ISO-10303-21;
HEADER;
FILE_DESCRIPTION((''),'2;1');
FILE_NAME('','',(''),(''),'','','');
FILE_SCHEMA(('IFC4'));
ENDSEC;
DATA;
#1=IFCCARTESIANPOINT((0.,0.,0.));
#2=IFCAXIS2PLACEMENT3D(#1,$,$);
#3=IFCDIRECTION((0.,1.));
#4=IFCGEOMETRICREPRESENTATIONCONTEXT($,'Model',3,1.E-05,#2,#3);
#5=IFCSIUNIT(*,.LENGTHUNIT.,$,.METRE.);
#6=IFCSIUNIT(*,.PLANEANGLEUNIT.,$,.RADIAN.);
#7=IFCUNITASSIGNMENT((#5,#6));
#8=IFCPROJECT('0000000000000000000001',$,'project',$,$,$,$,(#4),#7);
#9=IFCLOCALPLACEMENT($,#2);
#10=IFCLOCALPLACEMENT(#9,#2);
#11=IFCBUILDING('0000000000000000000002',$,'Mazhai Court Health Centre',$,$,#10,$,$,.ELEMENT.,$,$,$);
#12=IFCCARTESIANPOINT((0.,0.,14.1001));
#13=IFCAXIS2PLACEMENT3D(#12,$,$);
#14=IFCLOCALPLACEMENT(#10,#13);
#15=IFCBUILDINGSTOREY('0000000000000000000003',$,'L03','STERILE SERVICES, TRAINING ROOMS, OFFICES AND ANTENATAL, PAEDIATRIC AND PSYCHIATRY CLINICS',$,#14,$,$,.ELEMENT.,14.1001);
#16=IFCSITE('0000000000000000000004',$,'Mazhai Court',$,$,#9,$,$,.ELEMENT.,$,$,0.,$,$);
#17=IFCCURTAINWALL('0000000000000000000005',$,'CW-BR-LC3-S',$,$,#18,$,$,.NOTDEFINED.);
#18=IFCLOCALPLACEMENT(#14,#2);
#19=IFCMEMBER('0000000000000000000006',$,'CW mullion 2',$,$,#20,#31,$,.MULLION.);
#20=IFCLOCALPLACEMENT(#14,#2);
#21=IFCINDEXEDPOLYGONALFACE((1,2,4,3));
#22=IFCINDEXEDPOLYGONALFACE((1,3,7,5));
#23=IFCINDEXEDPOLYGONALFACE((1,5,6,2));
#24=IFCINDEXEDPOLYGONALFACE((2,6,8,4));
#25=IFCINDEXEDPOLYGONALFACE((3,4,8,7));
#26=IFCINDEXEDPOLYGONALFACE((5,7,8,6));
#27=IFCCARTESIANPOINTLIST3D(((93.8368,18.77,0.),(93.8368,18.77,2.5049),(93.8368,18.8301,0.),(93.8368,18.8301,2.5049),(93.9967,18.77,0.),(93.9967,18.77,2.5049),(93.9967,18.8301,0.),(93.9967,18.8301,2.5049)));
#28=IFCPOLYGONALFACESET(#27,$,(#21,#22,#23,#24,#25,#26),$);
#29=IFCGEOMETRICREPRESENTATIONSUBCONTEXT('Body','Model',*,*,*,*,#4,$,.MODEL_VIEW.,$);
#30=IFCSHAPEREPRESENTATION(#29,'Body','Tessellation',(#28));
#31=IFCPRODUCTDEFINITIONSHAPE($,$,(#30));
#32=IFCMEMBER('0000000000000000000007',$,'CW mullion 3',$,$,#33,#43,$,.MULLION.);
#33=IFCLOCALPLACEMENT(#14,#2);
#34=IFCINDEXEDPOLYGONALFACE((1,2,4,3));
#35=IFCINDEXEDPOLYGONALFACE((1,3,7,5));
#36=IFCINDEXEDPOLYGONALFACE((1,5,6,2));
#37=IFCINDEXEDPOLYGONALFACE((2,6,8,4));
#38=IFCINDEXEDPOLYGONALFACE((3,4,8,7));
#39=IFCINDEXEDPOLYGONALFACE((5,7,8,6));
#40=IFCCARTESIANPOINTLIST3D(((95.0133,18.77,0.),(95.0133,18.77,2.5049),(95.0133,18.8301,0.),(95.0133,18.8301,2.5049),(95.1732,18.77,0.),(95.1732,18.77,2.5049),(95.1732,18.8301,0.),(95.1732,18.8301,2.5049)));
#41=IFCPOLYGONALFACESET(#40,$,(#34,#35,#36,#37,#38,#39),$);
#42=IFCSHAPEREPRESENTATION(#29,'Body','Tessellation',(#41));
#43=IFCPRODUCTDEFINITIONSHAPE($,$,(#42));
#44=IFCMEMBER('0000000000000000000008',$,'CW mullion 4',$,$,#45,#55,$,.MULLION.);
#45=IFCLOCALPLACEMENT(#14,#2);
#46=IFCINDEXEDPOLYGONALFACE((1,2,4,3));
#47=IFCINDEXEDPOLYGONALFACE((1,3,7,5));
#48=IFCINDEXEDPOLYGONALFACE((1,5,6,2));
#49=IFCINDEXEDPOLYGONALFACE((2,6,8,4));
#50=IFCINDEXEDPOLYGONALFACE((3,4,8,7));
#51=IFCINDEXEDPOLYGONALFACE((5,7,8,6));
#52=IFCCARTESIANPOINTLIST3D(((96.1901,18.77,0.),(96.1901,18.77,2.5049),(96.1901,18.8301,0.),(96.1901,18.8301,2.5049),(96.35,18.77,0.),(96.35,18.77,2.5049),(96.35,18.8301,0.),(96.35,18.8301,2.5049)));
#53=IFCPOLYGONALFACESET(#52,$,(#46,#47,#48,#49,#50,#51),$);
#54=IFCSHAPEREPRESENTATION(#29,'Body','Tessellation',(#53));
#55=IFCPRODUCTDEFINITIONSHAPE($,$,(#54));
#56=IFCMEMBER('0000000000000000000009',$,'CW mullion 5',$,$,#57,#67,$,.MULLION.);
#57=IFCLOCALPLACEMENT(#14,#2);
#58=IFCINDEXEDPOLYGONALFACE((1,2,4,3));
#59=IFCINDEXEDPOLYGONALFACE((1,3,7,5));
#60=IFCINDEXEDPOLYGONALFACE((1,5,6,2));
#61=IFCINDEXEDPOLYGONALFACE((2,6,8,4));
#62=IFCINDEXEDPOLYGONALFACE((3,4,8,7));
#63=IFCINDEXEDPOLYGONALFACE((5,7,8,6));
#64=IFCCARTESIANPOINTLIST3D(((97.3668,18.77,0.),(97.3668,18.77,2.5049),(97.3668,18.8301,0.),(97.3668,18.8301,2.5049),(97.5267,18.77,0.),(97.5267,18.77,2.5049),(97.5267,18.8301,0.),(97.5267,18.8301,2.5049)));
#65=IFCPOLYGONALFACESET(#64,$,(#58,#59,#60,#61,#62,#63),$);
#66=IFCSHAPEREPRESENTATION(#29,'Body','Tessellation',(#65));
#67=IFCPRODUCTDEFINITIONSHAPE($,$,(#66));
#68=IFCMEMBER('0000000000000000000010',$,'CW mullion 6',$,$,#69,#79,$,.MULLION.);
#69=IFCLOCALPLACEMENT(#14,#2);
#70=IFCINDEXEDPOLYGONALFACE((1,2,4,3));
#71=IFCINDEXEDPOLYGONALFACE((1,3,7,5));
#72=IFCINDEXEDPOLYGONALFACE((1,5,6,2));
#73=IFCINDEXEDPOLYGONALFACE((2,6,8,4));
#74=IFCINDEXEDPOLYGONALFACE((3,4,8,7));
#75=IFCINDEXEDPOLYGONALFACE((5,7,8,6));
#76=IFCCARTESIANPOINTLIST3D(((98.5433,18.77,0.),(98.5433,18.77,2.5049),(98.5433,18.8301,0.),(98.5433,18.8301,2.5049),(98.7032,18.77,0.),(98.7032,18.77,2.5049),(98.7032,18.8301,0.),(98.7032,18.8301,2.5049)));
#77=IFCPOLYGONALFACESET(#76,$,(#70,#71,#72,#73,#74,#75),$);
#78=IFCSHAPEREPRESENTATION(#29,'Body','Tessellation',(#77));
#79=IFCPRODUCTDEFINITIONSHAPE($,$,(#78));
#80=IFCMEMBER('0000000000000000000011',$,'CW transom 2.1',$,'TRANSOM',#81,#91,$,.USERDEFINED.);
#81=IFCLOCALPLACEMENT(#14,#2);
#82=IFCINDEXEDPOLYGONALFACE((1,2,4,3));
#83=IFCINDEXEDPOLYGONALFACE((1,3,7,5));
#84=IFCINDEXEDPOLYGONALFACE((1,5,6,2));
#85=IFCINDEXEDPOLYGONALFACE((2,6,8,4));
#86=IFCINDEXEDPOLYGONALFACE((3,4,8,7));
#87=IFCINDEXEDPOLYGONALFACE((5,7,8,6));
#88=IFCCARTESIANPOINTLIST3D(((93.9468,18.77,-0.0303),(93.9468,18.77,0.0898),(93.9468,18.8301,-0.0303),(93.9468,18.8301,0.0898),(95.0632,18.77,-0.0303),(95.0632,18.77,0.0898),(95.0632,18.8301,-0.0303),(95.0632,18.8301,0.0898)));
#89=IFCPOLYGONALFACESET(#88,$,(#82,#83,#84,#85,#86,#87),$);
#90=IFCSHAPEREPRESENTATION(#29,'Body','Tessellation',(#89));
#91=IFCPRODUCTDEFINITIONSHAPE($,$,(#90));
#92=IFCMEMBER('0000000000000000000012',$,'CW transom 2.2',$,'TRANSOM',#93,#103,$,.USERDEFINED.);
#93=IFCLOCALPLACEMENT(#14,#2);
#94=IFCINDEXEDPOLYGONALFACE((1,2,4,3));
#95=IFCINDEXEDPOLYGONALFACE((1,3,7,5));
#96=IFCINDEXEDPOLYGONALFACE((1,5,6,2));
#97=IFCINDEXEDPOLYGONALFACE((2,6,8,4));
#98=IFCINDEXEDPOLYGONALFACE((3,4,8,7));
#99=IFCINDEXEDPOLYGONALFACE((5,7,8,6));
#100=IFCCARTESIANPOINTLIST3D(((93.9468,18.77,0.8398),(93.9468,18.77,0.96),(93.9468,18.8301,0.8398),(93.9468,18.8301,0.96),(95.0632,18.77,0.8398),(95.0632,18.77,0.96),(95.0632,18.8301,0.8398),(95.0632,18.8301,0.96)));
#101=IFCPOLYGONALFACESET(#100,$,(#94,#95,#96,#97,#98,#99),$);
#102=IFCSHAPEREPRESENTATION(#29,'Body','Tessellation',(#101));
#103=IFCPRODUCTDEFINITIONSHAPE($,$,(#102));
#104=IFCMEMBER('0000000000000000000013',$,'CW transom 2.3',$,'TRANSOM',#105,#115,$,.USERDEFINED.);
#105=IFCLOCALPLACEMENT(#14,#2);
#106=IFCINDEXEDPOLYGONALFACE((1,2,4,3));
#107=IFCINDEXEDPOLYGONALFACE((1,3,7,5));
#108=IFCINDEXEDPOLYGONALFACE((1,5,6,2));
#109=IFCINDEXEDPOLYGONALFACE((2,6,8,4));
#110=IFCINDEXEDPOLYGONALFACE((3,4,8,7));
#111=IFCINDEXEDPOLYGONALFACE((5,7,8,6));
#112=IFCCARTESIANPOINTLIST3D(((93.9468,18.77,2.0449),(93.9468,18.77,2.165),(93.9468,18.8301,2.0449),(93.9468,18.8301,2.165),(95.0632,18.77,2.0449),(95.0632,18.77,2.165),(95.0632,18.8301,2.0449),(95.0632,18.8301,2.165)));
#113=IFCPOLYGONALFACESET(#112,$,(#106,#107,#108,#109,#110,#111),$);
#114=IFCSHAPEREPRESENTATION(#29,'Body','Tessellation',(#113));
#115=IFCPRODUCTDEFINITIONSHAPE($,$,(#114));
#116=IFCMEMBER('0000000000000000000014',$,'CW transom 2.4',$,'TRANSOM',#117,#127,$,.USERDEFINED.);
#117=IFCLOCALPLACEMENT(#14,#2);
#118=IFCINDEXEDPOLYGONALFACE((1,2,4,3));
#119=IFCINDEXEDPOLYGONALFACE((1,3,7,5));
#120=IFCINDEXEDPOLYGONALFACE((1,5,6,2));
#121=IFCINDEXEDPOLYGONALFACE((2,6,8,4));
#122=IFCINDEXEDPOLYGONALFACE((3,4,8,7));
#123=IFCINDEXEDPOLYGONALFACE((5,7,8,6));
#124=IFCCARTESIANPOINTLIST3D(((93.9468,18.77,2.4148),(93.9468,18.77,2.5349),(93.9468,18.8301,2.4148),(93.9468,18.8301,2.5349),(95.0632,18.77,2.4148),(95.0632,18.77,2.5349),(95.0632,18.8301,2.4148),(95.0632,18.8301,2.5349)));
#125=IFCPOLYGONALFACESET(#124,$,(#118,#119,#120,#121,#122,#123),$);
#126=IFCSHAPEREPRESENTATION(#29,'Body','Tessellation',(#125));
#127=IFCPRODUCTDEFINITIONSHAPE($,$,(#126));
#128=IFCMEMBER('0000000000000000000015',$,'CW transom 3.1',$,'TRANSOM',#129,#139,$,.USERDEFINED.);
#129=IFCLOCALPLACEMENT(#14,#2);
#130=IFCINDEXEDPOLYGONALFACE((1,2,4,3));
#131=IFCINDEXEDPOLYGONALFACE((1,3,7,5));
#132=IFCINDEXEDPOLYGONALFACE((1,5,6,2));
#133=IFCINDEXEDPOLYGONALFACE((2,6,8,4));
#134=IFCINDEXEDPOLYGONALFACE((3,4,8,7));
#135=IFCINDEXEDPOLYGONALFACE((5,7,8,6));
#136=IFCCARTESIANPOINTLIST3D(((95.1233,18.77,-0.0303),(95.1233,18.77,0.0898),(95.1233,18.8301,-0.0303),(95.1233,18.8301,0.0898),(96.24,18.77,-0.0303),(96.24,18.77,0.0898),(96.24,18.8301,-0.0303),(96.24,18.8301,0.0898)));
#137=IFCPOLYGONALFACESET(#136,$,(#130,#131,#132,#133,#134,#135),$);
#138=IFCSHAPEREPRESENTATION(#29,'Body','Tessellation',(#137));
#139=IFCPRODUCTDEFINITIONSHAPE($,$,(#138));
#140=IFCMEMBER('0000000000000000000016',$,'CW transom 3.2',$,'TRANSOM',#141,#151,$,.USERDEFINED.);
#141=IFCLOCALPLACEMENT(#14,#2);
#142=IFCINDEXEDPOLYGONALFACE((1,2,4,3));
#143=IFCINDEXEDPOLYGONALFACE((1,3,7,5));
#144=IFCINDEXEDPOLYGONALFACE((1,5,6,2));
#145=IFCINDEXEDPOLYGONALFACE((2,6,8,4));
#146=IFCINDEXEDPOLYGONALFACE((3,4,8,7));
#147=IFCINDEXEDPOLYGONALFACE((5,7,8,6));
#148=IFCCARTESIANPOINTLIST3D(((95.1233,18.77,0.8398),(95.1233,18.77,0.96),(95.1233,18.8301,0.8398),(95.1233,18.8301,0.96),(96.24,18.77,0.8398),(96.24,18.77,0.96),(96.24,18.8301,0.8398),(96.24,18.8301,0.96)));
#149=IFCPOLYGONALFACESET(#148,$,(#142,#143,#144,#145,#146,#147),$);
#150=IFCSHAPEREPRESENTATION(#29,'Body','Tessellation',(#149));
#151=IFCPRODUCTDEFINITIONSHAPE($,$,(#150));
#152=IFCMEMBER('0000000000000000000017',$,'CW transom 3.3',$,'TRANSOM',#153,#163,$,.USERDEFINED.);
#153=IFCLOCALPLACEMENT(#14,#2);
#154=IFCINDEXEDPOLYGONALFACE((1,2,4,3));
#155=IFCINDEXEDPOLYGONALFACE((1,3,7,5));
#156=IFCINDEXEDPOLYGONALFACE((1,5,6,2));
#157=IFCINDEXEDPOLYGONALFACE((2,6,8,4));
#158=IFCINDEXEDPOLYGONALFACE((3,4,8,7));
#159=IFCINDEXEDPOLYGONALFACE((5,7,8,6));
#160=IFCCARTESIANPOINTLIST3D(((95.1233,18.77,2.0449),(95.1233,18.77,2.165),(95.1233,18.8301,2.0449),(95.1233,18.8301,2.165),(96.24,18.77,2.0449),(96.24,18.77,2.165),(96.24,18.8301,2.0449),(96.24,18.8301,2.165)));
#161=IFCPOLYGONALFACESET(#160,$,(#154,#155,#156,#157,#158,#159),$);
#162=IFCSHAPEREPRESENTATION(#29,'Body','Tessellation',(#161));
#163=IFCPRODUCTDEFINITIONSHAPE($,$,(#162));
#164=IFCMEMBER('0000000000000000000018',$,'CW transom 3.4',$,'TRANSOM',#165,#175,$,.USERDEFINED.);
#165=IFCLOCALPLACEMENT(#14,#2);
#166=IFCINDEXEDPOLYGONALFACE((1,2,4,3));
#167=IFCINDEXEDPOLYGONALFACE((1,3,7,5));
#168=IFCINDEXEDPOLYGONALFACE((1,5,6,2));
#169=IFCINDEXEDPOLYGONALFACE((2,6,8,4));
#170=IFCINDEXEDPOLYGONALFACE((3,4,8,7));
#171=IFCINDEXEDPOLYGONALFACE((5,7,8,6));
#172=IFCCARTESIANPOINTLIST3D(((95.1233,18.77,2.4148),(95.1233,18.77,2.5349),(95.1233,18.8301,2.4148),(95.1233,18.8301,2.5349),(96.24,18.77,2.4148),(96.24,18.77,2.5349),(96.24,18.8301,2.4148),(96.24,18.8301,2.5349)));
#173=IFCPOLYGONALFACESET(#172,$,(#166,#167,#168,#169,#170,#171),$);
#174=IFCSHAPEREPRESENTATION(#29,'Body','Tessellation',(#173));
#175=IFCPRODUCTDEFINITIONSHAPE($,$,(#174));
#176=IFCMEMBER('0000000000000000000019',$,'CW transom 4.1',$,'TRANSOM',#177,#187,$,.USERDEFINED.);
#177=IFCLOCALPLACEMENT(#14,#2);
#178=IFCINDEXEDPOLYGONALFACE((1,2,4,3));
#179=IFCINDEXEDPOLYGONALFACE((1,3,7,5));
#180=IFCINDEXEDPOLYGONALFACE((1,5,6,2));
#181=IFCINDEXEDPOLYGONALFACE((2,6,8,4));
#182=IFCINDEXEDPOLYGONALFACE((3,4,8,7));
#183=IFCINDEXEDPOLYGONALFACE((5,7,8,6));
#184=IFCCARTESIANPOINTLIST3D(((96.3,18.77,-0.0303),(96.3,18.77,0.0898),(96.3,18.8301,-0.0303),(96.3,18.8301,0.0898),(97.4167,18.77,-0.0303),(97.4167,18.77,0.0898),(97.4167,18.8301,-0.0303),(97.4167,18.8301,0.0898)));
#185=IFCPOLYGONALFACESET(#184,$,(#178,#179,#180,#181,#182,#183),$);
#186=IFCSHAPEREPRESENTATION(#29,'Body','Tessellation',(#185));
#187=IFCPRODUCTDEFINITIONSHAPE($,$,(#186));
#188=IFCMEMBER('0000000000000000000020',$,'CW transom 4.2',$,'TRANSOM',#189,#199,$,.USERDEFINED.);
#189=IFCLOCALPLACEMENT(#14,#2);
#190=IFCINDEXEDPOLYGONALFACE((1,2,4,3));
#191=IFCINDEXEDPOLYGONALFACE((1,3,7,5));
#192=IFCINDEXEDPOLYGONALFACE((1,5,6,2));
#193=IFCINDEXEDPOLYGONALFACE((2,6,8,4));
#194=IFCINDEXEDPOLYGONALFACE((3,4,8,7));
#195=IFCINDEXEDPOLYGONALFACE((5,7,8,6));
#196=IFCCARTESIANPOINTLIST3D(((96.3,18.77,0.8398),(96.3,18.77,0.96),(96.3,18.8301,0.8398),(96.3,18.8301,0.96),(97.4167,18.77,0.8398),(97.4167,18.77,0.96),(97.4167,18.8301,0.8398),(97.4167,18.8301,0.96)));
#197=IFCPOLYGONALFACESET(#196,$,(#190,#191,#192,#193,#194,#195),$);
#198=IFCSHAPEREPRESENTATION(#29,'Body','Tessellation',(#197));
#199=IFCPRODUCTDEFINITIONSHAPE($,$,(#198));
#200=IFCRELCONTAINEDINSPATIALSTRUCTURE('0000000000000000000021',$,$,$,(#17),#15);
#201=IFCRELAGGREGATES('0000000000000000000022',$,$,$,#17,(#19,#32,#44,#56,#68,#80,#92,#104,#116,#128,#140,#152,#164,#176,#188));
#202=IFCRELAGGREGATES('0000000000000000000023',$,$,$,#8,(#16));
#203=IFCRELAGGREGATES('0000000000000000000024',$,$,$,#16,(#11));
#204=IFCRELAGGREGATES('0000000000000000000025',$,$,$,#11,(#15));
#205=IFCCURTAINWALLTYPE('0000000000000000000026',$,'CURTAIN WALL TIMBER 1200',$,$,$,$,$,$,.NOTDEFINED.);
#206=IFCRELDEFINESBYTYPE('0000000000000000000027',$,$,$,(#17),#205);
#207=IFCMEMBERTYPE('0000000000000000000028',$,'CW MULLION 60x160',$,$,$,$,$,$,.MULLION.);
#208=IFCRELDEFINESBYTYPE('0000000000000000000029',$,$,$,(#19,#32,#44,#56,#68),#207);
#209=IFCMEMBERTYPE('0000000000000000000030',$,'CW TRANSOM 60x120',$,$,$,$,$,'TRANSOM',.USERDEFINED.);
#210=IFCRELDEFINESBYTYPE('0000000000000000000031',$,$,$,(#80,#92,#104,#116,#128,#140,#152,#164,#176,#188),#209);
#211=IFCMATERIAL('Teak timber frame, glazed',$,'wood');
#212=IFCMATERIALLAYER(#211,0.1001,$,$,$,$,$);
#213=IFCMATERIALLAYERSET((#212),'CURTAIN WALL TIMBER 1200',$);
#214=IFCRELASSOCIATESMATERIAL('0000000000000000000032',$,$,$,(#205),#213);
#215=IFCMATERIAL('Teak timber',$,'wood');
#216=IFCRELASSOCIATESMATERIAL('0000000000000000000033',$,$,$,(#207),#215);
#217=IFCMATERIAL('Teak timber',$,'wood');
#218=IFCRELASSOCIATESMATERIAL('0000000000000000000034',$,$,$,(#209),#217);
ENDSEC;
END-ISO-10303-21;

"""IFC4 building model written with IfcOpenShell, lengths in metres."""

from ifc_helpers import new_model, si_unit, direction, frame, origin, origin_2d, place, context, subcontext, project, spatial, rectangle, extrude, material, layer, layer_set, material_profile, profile_set, type_object, element, aggregate, save


model = new_model("IFC4")

# Units and contexts
model_context = context("Model", 3, precision=1e-05, world=origin(), true_north=direction((0.0, 1.0)))
body_context = subcontext(model_context, "Body", "Model", "MODEL_VIEW")
ifc_project = project(units=[si_unit("LENGTHUNIT", "METRE"), si_unit("PLANEANGLEUNIT", "RADIAN")], contexts=[model_context])

# Site, building, storey
site_placement = place(None, origin())
site = spatial("IfcSite", under=ifc_project, at=site_placement, Name="Mazhai Court", CompositionType="ELEMENT", RefElevation=0.0)
building_placement = place(site_placement, origin())
building = spatial("IfcBuilding", under=site, at=building_placement, Name="Mazhai Court Health Centre", CompositionType="ELEMENT")
storey_placement = place(building_placement, frame((0.0, 0.0, 14.1001)))
storey = spatial("IfcBuildingStorey", under=building, at=storey_placement, Name="L03", Description="STERILE SERVICES, TRAINING ROOMS, OFFICES AND ANTENATAL, PAEDIATRIC AND PSYCHIATRY CLINICS", CompositionType="ELEMENT", Elevation=14.1001)

# Curtain wall, members
ifc_material_1 = material(Name="Teak timber frame, glazed", Category="wood")
ifc_layer_1 = layer(ifc_material_1, 0.1001)
ifc_layer_set_1 = layer_set([ifc_layer_1], Name="CURTAIN WALL TIMBER 1200")
curtain_wall_type = type_object("IfcCurtainWallType", Name="CURTAIN WALL TIMBER 1200", PredefinedType="NOTDEFINED", material=ifc_layer_set_1)
curtain_wall_placement = place(storey_placement, origin())
curtain_wall = element("IfcCurtainWall", 1, at=curtain_wall_placement, inside=storey, type_object=curtain_wall_type, Name="CW-BR-LC3-S", PredefinedType="NOTDEFINED")
ifc_material_2 = material(Name="Teak timber", Category="wood")
ifc_material_profile_1 = material_profile(ifc_material_2, rectangle(XDim=0.0601, YDim=0.1599, at=origin_2d()), Name="CW MULLION 60x160")
ifc_profile_set_1 = profile_set([ifc_material_profile_1], Name="Teak timber")
member_type_1 = type_object("IfcMemberType", Name="CW MULLION 60x160", PredefinedType="MULLION", material=ifc_profile_set_1)
member_1_placement = place(storey_placement, frame((93.9167, 18.8, 0.0), z_axis=(0.0, 0.0, 1.0), x_axis=(0.0, 1.0, 0.0)))
member_1 = element("IfcMember", 2, at=member_1_placement, type_object=member_type_1, Name="CW mullion 2", PredefinedType="MULLION", context=body_context, shape_type="SweptSolid", body=[
    extrude(rectangle(XDim=0.0601, YDim=0.1599, at=origin_2d()), origin(), (0.0, 0.0, 1.0), 2.5049),
])
member_2_placement = place(storey_placement, frame((95.0933, 18.8, 0.0), z_axis=(0.0, 0.0, 1.0), x_axis=(0.0, 1.0, 0.0)))
member_2 = element("IfcMember", 3, at=member_2_placement, type_object=member_type_1, Name="CW mullion 3", PredefinedType="MULLION", context=body_context, shape_type="SweptSolid", body=[
    extrude(rectangle(XDim=0.0601, YDim=0.1599, at=origin_2d()), origin(), (0.0, 0.0, 1.0), 2.5049),
])
member_3_placement = place(storey_placement, frame((96.27, 18.8, 0.0), z_axis=(0.0, 0.0, 1.0), x_axis=(0.0, 1.0, 0.0)))
member_3 = element("IfcMember", 4, at=member_3_placement, type_object=member_type_1, Name="CW mullion 4", PredefinedType="MULLION", context=body_context, shape_type="SweptSolid", body=[
    extrude(rectangle(XDim=0.0601, YDim=0.1599, at=origin_2d()), origin(), (0.0, 0.0, 1.0), 2.5049),
])
member_4_placement = place(storey_placement, frame((97.4468, 18.8, 0.0), z_axis=(0.0, 0.0, 1.0), x_axis=(0.0, 1.0, 0.0)))
member_4 = element("IfcMember", 5, at=member_4_placement, type_object=member_type_1, Name="CW mullion 5", PredefinedType="MULLION", context=body_context, shape_type="SweptSolid", body=[
    extrude(rectangle(XDim=0.0601, YDim=0.1599, at=origin_2d()), origin(), (0.0, 0.0, 1.0), 2.5049),
])
member_5_placement = place(storey_placement, frame((98.6233, 18.8, 0.0), z_axis=(0.0, 0.0, 1.0), x_axis=(0.0, 1.0, 0.0)))
member_5 = element("IfcMember", 6, at=member_5_placement, type_object=member_type_1, Name="CW mullion 6", PredefinedType="MULLION", context=body_context, shape_type="SweptSolid", body=[
    extrude(rectangle(XDim=0.0601, YDim=0.1599, at=origin_2d()), origin(), (0.0, 0.0, 1.0), 2.5049),
])
ifc_material_3 = material(Name="Teak timber", Category="wood")
ifc_material_profile_2 = material_profile(ifc_material_3, rectangle(XDim=0.0601, YDim=0.1201, at=origin_2d()), Name="CW TRANSOM 60x120")
ifc_profile_set_2 = profile_set([ifc_material_profile_2], Name="Teak timber")
member_type_2 = type_object("IfcMemberType", Name="CW TRANSOM 60x120", ElementType="TRANSOM", PredefinedType="USERDEFINED", material=ifc_profile_set_2)
member_6_placement = place(storey_placement, frame((93.9468, 18.8, 0.0298), z_axis=(1.0, 0.0, 0.0), x_axis=(0.0, 1.0, 0.0)))
member_6 = element("IfcMember", 7, at=member_6_placement, type_object=member_type_2, Name="CW transom 2.1", ObjectType="TRANSOM", PredefinedType="USERDEFINED", context=body_context, shape_type="SweptSolid", body=[
    extrude(rectangle(XDim=0.0601, YDim=0.1201, at=origin_2d()), origin(), (0.0, 0.0, 1.0), 1.1165),
])
member_7_placement = place(storey_placement, frame((93.9468, 18.8, 0.8999), z_axis=(1.0, 0.0, 0.0), x_axis=(0.0, 1.0, 0.0)))
member_7 = element("IfcMember", 8, at=member_7_placement, type_object=member_type_2, Name="CW transom 2.2", ObjectType="TRANSOM", PredefinedType="USERDEFINED", context=body_context, shape_type="SweptSolid", body=[
    extrude(rectangle(XDim=0.0601, YDim=0.1201, at=origin_2d()), origin(), (0.0, 0.0, 1.0), 1.1165),
])
member_8_placement = place(storey_placement, frame((93.9468, 18.8, 2.105), z_axis=(1.0, 0.0, 0.0), x_axis=(0.0, 1.0, 0.0)))
member_8 = element("IfcMember", 9, at=member_8_placement, type_object=member_type_2, Name="CW transom 2.3", ObjectType="TRANSOM", PredefinedType="USERDEFINED", context=body_context, shape_type="SweptSolid", body=[
    extrude(rectangle(XDim=0.0601, YDim=0.1201, at=origin_2d()), origin(), (0.0, 0.0, 1.0), 1.1165),
])
member_9_placement = place(storey_placement, frame((93.9468, 18.8, 2.4749), z_axis=(1.0, 0.0, 0.0), x_axis=(0.0, 1.0, 0.0)))
member_9 = element("IfcMember", 10, at=member_9_placement, type_object=member_type_2, Name="CW transom 2.4", ObjectType="TRANSOM", PredefinedType="USERDEFINED", context=body_context, shape_type="SweptSolid", body=[
    extrude(rectangle(XDim=0.0601, YDim=0.1201, at=origin_2d()), origin(), (0.0, 0.0, 1.0), 1.1165),
])
member_10_placement = place(storey_placement, frame((95.1233, 18.8, 0.0298), z_axis=(1.0, 0.0, 0.0), x_axis=(0.0, 1.0, 0.0)))
member_10 = element("IfcMember", 11, at=member_10_placement, type_object=member_type_2, Name="CW transom 3.1", ObjectType="TRANSOM", PredefinedType="USERDEFINED", context=body_context, shape_type="SweptSolid", body=[
    extrude(rectangle(XDim=0.0601, YDim=0.1201, at=origin_2d()), origin(), (0.0, 0.0, 1.0), 1.1167),
])
member_11_placement = place(storey_placement, frame((95.1233, 18.8, 0.8999), z_axis=(1.0, 0.0, 0.0), x_axis=(0.0, 1.0, 0.0)))
member_11 = element("IfcMember", 12, at=member_11_placement, type_object=member_type_2, Name="CW transom 3.2", ObjectType="TRANSOM", PredefinedType="USERDEFINED", context=body_context, shape_type="SweptSolid", body=[
    extrude(rectangle(XDim=0.0601, YDim=0.1201, at=origin_2d()), origin(), (0.0, 0.0, 1.0), 1.1167),
])
member_12_placement = place(storey_placement, frame((95.1233, 18.8, 2.105), z_axis=(1.0, 0.0, 0.0), x_axis=(0.0, 1.0, 0.0)))
member_12 = element("IfcMember", 13, at=member_12_placement, type_object=member_type_2, Name="CW transom 3.3", ObjectType="TRANSOM", PredefinedType="USERDEFINED", context=body_context, shape_type="SweptSolid", body=[
    extrude(rectangle(XDim=0.0601, YDim=0.1201, at=origin_2d()), origin(), (0.0, 0.0, 1.0), 1.1167),
])
member_13_placement = place(storey_placement, frame((95.1233, 18.8, 2.4749), z_axis=(1.0, 0.0, 0.0), x_axis=(0.0, 1.0, 0.0)))
member_13 = element("IfcMember", 14, at=member_13_placement, type_object=member_type_2, Name="CW transom 3.4", ObjectType="TRANSOM", PredefinedType="USERDEFINED", context=body_context, shape_type="SweptSolid", body=[
    extrude(rectangle(XDim=0.0601, YDim=0.1201, at=origin_2d()), origin(), (0.0, 0.0, 1.0), 1.1167),
])
member_14_placement = place(storey_placement, frame((96.3, 18.8, 0.0298), z_axis=(1.0, 0.0, 0.0), x_axis=(0.0, 1.0, 0.0)))
member_14 = element("IfcMember", 15, at=member_14_placement, type_object=member_type_2, Name="CW transom 4.1", ObjectType="TRANSOM", PredefinedType="USERDEFINED", context=body_context, shape_type="SweptSolid", body=[
    extrude(rectangle(XDim=0.0601, YDim=0.1201, at=origin_2d()), origin(), (0.0, 0.0, 1.0), 1.1167),
])
member_15_placement = place(storey_placement, frame((96.3, 18.8, 0.8999), z_axis=(1.0, 0.0, 0.0), x_axis=(0.0, 1.0, 0.0)))
member_15 = element("IfcMember", 16, at=member_15_placement, type_object=member_type_2, Name="CW transom 4.2", ObjectType="TRANSOM", PredefinedType="USERDEFINED", context=body_context, shape_type="SweptSolid", body=[
    extrude(rectangle(XDim=0.0601, YDim=0.1201, at=origin_2d()), origin(), (0.0, 0.0, 1.0), 1.1167),
])
aggregate(curtain_wall, [member_1, member_2, member_3, member_4, member_5, member_6, member_7, member_8, member_9, member_10, member_11, member_12, member_13, member_14, member_15])

save(model, "model.ifc")
